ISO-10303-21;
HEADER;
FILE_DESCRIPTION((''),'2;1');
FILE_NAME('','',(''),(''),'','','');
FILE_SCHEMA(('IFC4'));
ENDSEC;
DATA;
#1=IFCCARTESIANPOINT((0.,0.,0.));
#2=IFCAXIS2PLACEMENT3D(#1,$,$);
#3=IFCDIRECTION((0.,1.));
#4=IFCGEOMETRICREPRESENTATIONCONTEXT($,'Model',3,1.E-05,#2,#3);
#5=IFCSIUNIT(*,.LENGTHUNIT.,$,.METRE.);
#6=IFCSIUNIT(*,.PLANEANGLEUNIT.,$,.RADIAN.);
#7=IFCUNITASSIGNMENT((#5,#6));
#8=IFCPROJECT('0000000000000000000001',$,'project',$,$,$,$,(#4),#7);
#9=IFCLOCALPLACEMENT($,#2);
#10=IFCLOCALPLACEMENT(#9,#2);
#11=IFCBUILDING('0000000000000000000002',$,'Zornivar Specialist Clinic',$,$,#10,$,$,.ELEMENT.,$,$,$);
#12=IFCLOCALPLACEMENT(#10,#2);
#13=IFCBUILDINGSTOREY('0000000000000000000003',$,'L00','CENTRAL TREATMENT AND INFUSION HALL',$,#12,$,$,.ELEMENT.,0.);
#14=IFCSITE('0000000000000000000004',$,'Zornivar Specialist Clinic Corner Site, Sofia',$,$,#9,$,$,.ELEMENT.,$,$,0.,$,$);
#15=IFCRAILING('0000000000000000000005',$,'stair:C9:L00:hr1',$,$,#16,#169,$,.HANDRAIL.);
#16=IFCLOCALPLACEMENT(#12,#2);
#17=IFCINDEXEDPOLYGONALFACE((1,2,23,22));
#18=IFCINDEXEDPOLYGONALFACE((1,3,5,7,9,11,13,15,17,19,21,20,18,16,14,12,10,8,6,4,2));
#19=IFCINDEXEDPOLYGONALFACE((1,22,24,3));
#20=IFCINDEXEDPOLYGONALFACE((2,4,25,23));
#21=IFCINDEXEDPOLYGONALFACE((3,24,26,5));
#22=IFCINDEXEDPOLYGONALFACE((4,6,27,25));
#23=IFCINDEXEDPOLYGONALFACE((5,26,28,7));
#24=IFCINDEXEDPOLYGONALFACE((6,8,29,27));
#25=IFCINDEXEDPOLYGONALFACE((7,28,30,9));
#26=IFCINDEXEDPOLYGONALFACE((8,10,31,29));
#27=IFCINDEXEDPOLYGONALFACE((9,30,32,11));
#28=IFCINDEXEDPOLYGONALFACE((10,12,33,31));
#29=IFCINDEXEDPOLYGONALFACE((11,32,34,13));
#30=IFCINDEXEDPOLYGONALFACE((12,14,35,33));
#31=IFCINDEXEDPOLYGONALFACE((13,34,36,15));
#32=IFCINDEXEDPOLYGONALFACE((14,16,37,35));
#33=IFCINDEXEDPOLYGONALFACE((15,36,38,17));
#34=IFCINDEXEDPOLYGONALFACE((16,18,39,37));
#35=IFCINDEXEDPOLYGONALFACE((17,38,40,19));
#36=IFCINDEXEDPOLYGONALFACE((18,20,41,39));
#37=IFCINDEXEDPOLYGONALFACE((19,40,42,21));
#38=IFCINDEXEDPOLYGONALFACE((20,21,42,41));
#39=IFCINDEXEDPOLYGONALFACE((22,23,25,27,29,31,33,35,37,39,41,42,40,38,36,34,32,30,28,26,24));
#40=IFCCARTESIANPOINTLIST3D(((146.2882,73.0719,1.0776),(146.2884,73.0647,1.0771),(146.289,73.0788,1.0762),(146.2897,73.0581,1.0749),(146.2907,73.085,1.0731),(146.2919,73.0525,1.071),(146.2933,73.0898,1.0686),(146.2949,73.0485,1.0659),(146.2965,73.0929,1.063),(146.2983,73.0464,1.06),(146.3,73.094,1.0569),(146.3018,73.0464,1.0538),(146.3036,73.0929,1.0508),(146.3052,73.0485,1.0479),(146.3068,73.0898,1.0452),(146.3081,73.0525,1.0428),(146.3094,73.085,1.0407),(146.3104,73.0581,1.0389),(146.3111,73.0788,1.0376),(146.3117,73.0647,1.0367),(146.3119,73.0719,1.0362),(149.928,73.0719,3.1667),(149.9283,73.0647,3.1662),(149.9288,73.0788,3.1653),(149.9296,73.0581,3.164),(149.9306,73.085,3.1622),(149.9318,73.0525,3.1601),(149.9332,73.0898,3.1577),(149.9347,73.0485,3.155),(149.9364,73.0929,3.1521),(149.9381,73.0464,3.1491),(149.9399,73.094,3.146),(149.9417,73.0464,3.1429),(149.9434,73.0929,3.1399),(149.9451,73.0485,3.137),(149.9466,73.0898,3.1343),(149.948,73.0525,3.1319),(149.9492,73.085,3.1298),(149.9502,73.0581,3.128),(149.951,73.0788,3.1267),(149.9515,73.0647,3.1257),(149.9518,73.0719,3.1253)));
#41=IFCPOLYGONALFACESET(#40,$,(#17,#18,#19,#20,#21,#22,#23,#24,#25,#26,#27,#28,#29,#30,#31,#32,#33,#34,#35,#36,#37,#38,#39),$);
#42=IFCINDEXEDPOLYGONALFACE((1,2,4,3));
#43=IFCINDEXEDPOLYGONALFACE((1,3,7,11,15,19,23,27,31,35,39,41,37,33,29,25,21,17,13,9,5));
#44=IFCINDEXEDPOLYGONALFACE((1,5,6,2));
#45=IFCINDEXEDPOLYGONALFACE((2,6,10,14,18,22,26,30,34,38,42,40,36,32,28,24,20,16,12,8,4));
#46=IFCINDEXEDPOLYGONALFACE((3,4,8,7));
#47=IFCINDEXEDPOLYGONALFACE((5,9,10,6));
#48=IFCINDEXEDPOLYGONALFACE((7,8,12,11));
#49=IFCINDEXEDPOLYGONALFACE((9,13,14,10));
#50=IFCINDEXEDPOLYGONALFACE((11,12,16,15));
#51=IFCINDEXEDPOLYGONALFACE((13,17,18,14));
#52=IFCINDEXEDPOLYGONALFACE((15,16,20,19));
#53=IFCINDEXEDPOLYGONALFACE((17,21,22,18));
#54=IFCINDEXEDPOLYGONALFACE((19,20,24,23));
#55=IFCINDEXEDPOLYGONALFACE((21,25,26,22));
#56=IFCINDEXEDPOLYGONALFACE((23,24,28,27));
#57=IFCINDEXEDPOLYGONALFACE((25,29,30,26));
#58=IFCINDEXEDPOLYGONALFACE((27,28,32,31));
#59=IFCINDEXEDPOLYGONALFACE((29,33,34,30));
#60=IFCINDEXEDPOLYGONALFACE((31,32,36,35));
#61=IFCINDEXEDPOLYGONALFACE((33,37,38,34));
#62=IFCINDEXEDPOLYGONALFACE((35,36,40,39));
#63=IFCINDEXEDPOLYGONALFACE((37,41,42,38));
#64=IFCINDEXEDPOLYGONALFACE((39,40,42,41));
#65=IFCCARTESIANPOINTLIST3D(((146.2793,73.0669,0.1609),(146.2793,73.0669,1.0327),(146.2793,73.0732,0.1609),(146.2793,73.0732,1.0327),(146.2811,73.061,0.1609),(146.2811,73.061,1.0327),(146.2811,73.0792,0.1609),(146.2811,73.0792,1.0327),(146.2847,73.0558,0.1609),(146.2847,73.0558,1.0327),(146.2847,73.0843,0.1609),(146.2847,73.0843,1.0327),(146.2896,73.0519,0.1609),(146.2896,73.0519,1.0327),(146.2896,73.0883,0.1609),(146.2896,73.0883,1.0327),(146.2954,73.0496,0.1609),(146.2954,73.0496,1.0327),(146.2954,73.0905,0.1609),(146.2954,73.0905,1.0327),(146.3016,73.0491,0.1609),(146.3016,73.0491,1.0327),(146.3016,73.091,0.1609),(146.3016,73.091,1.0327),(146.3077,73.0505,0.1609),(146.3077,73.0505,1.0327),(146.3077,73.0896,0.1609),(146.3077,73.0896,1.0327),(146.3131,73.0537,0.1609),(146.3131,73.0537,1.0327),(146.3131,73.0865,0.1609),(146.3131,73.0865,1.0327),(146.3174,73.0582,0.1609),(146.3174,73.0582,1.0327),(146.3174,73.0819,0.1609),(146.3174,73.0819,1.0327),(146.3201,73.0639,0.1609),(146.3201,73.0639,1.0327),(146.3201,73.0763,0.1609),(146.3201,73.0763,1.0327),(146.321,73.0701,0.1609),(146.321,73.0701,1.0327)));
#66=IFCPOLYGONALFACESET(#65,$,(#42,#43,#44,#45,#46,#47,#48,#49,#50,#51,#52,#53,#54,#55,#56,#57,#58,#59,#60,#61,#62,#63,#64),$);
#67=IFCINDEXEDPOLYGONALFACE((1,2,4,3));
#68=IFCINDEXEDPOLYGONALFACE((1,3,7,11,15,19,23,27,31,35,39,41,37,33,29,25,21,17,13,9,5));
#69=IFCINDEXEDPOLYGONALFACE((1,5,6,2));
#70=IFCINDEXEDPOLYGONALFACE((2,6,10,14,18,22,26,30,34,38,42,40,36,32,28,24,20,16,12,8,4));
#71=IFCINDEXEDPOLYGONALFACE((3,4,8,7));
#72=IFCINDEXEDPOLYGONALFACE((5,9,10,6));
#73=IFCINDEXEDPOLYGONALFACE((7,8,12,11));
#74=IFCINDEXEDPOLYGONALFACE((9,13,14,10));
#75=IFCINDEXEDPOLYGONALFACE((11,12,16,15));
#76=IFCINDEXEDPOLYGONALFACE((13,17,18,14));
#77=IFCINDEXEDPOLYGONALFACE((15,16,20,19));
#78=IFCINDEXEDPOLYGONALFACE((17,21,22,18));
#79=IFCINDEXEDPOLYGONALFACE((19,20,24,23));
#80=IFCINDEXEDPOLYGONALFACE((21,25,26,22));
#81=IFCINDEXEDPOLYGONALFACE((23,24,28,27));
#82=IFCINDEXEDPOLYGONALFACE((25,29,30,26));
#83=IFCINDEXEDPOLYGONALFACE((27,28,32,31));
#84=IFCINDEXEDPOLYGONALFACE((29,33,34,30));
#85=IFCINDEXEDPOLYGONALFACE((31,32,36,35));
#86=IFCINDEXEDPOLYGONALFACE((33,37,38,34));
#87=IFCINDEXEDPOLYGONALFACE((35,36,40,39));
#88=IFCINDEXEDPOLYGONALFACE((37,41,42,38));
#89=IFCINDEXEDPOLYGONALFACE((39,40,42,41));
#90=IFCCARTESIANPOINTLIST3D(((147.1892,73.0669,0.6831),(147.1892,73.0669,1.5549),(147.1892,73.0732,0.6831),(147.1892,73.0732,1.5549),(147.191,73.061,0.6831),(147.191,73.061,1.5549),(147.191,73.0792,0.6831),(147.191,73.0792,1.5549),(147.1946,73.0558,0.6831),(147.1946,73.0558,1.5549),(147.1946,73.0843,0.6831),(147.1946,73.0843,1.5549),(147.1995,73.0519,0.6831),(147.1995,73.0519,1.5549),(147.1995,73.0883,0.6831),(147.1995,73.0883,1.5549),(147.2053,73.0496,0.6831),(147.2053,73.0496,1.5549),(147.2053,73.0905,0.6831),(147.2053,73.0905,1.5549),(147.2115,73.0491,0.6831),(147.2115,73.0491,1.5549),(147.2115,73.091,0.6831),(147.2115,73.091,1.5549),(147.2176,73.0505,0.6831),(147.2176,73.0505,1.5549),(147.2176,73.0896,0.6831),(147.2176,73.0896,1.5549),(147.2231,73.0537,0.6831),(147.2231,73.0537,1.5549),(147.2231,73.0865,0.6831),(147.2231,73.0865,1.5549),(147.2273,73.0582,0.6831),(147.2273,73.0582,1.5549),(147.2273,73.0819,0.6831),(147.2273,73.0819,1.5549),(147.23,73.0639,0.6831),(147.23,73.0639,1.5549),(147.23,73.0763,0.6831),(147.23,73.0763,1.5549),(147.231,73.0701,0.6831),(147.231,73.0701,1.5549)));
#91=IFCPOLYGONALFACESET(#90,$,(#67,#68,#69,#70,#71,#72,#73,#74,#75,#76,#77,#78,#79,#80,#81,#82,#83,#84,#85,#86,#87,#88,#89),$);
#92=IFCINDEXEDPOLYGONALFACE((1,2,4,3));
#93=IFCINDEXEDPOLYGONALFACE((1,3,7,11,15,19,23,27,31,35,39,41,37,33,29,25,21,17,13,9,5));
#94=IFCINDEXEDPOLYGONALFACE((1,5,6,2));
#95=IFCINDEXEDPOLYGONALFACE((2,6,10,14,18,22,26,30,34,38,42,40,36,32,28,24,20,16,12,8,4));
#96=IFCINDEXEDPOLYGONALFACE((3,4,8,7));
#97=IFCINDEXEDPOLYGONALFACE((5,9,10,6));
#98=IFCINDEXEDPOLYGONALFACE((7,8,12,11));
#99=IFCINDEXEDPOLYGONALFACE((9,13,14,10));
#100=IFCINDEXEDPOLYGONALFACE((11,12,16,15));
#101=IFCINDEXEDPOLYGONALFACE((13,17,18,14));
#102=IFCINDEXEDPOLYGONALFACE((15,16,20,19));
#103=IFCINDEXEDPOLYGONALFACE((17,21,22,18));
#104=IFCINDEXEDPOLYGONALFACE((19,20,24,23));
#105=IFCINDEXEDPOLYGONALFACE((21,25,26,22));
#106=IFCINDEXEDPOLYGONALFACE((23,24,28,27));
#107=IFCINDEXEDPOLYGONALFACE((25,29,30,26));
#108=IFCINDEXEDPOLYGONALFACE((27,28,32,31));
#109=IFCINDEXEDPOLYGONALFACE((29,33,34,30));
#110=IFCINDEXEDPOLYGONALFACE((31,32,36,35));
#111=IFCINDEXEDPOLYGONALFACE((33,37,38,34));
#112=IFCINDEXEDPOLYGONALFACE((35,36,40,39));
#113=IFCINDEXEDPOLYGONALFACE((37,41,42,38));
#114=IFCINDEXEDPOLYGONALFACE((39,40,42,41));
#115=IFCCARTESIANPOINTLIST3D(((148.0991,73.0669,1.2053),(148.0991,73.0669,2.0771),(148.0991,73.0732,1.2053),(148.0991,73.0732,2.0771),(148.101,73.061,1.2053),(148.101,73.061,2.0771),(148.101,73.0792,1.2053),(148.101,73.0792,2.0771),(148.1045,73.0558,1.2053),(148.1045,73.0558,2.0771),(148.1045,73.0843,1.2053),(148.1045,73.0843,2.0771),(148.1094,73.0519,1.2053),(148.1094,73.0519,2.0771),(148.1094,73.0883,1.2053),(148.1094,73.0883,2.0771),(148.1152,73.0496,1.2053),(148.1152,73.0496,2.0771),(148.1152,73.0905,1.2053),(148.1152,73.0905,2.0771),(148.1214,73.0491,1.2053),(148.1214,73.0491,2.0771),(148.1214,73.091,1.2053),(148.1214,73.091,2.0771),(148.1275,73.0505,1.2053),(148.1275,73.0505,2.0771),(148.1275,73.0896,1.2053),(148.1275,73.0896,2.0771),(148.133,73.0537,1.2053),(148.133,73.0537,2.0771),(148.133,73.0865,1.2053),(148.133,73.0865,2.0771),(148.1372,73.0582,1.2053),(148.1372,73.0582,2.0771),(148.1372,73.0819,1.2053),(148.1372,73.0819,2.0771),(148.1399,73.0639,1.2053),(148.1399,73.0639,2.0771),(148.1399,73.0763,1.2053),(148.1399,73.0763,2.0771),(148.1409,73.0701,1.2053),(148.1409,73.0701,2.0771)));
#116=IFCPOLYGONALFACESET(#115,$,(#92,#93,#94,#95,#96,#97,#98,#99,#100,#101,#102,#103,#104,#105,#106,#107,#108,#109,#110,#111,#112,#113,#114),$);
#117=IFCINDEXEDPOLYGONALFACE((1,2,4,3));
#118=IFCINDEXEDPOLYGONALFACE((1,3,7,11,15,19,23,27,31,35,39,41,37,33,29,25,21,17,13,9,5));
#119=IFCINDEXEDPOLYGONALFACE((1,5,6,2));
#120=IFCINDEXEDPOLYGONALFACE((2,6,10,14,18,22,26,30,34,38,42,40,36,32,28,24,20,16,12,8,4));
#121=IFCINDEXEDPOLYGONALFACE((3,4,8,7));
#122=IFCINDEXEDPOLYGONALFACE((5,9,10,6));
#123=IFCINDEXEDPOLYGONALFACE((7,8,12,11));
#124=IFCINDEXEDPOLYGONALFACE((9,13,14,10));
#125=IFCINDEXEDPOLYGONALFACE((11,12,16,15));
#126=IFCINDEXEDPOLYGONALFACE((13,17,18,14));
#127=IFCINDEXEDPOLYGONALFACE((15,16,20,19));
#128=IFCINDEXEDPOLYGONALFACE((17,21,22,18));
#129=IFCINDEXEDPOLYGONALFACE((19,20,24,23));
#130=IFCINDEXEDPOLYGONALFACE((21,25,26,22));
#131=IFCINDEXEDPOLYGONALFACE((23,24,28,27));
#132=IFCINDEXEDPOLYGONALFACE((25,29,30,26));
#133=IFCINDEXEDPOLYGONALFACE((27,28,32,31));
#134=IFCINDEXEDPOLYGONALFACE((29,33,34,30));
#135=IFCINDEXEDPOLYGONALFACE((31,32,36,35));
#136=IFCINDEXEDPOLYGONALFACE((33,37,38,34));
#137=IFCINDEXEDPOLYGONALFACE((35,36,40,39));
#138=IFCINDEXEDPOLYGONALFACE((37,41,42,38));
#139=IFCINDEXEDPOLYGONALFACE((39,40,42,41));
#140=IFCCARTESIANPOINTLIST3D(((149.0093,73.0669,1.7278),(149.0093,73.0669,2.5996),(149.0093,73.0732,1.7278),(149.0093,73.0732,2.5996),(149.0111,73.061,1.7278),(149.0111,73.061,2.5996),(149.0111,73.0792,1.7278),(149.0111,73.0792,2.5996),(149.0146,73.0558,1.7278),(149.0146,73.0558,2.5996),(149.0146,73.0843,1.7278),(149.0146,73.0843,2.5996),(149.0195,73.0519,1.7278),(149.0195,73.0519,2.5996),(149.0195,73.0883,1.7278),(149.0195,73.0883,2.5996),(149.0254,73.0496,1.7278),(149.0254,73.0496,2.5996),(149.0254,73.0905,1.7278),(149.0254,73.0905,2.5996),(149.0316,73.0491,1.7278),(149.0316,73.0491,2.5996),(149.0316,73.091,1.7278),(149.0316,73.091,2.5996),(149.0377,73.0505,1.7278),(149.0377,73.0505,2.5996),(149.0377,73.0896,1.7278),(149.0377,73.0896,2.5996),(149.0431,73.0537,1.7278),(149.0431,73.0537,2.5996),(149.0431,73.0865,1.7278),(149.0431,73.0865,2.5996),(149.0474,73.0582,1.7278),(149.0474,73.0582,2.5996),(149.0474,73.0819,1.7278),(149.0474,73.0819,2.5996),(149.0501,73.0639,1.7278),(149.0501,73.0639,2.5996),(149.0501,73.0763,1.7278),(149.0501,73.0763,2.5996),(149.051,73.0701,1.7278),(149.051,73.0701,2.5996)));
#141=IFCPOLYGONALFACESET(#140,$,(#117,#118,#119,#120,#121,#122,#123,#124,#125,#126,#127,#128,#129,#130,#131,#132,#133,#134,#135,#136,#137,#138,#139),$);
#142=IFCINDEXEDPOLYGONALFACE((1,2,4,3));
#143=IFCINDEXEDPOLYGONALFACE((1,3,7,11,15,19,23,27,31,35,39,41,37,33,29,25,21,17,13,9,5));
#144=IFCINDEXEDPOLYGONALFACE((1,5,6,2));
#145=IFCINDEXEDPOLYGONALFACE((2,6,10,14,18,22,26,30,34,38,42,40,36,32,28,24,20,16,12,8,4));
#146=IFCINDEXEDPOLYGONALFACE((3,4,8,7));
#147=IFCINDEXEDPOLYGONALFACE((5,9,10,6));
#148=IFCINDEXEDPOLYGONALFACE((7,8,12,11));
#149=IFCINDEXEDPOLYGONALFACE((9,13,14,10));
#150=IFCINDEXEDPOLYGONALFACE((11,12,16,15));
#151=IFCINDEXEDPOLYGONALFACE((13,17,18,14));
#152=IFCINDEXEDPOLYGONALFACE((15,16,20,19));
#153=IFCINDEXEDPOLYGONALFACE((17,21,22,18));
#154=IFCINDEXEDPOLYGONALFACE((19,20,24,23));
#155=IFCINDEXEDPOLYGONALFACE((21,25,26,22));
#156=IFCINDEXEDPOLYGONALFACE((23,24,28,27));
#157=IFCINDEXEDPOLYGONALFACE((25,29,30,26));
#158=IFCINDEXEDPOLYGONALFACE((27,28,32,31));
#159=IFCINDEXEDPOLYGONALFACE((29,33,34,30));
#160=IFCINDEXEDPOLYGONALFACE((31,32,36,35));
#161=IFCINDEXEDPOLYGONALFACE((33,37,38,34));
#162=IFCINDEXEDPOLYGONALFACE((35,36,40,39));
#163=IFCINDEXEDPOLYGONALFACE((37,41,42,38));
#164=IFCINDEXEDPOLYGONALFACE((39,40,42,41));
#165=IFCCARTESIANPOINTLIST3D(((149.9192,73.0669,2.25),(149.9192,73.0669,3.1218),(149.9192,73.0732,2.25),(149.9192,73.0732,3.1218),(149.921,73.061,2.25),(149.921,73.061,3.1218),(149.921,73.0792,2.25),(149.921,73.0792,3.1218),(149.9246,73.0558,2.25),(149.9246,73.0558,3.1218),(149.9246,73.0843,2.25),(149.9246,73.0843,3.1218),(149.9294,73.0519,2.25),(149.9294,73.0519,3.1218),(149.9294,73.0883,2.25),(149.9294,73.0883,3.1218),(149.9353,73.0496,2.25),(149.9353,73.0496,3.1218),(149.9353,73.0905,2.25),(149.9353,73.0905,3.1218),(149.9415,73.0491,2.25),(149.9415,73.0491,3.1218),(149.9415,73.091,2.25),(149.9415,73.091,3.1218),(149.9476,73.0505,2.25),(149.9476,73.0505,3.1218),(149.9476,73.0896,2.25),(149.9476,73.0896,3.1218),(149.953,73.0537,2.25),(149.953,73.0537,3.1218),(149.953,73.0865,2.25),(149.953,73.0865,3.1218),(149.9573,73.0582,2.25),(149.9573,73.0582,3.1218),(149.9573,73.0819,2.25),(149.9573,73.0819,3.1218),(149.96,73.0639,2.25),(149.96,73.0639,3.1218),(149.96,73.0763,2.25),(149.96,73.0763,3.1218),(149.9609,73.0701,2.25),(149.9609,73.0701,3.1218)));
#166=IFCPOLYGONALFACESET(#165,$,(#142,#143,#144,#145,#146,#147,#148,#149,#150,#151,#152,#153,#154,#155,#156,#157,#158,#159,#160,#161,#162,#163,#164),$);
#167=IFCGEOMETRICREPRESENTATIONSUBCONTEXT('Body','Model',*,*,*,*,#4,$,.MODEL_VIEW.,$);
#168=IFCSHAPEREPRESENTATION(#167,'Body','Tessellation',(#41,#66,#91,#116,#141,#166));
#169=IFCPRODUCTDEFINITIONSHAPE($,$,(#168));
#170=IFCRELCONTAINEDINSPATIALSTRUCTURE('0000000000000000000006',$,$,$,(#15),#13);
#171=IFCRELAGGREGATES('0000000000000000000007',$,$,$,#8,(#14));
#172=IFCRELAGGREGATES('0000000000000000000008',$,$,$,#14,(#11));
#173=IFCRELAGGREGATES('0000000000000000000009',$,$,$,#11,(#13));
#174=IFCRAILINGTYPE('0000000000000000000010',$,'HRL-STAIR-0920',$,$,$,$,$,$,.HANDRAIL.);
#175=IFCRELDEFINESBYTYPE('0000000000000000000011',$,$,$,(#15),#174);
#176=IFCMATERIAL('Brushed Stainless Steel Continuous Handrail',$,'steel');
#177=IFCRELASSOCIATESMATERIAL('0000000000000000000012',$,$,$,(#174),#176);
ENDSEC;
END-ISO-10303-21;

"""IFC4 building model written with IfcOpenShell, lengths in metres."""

from ifc_helpers import new_model, si_unit, direction, frame, origin, origin_2d, place, context, subcontext, project, spatial, circle, extrude, material, type_object, element, save


model = new_model("IFC4")

# Units and contexts
model_context = context("Model", 3, precision=1e-05, world=origin(), true_north=direction((0.0, 1.0)))
body_context = subcontext(model_context, "Body", "Model", "MODEL_VIEW")
ifc_project = project(units=[si_unit("LENGTHUNIT", "METRE"), si_unit("PLANEANGLEUNIT", "RADIAN")], contexts=[model_context])

# Site, building, storey
site_placement = place(None, origin())
site = spatial("IfcSite", under=ifc_project, at=site_placement, Name="Zornivar Specialist Clinic Corner Site, Sofia", CompositionType="ELEMENT", RefElevation=0.0)
building_placement = place(site_placement, origin())
building = spatial("IfcBuilding", under=site, at=building_placement, Name="Zornivar Specialist Clinic", CompositionType="ELEMENT")
storey_placement = place(building_placement, origin())
storey = spatial("IfcBuildingStorey", under=building, at=storey_placement, Name="L00", Description="CENTRAL TREATMENT AND INFUSION HALL", CompositionType="ELEMENT", Elevation=0.0)

# Railing
ifc_material_1 = material(Name="Brushed Stainless Steel Continuous Handrail", Category="steel")
railing_type_1 = type_object("IfcRailingType", Name="HRL-STAIR-0920", PredefinedType="HANDRAIL", material=ifc_material_1)
railing_1_placement = place(storey_placement, frame((146.3, 73.0701, 0.1609)))
element("IfcRailing", 1, at=railing_1_placement, inside=storey, type_object=railing_type_1, Name="stair:C9:L00:hr1", PredefinedType="HANDRAIL", context=body_context, shape_type="SweptSolid", body=[
    extrude(circle(Radius=0.0239, at=origin_2d()), frame((0.0, 0.0, 0.896), z_axis=(0.8673, 0.0, 0.497786), x_axis=(0.0, 1.0, 0.0)), (0.0, 0.0, 1.0), 4.1968),
    extrude(circle(Radius=0.021, at=origin_2d()), origin(), (0.0, 0.0, 1.0), 0.8718),
    extrude(circle(Radius=0.021, at=origin_2d()), frame((0.9099, 0.0, 0.5222)), (0.0, 0.0, 1.0), 0.8718),
    extrude(circle(Radius=0.021, at=origin_2d()), frame((1.8198, 0.0, 1.0444)), (0.0, 0.0, 1.0), 0.8718),
    extrude(circle(Radius=0.021, at=origin_2d()), frame((2.73, 0.0, 1.5669)), (0.0, 0.0, 1.0), 0.8718),
    extrude(circle(Radius=0.021, at=origin_2d()), frame((3.6399, 0.0, 2.0891)), (0.0, 0.0, 1.0), 0.8718),
])

save(model, "model.ifc")
